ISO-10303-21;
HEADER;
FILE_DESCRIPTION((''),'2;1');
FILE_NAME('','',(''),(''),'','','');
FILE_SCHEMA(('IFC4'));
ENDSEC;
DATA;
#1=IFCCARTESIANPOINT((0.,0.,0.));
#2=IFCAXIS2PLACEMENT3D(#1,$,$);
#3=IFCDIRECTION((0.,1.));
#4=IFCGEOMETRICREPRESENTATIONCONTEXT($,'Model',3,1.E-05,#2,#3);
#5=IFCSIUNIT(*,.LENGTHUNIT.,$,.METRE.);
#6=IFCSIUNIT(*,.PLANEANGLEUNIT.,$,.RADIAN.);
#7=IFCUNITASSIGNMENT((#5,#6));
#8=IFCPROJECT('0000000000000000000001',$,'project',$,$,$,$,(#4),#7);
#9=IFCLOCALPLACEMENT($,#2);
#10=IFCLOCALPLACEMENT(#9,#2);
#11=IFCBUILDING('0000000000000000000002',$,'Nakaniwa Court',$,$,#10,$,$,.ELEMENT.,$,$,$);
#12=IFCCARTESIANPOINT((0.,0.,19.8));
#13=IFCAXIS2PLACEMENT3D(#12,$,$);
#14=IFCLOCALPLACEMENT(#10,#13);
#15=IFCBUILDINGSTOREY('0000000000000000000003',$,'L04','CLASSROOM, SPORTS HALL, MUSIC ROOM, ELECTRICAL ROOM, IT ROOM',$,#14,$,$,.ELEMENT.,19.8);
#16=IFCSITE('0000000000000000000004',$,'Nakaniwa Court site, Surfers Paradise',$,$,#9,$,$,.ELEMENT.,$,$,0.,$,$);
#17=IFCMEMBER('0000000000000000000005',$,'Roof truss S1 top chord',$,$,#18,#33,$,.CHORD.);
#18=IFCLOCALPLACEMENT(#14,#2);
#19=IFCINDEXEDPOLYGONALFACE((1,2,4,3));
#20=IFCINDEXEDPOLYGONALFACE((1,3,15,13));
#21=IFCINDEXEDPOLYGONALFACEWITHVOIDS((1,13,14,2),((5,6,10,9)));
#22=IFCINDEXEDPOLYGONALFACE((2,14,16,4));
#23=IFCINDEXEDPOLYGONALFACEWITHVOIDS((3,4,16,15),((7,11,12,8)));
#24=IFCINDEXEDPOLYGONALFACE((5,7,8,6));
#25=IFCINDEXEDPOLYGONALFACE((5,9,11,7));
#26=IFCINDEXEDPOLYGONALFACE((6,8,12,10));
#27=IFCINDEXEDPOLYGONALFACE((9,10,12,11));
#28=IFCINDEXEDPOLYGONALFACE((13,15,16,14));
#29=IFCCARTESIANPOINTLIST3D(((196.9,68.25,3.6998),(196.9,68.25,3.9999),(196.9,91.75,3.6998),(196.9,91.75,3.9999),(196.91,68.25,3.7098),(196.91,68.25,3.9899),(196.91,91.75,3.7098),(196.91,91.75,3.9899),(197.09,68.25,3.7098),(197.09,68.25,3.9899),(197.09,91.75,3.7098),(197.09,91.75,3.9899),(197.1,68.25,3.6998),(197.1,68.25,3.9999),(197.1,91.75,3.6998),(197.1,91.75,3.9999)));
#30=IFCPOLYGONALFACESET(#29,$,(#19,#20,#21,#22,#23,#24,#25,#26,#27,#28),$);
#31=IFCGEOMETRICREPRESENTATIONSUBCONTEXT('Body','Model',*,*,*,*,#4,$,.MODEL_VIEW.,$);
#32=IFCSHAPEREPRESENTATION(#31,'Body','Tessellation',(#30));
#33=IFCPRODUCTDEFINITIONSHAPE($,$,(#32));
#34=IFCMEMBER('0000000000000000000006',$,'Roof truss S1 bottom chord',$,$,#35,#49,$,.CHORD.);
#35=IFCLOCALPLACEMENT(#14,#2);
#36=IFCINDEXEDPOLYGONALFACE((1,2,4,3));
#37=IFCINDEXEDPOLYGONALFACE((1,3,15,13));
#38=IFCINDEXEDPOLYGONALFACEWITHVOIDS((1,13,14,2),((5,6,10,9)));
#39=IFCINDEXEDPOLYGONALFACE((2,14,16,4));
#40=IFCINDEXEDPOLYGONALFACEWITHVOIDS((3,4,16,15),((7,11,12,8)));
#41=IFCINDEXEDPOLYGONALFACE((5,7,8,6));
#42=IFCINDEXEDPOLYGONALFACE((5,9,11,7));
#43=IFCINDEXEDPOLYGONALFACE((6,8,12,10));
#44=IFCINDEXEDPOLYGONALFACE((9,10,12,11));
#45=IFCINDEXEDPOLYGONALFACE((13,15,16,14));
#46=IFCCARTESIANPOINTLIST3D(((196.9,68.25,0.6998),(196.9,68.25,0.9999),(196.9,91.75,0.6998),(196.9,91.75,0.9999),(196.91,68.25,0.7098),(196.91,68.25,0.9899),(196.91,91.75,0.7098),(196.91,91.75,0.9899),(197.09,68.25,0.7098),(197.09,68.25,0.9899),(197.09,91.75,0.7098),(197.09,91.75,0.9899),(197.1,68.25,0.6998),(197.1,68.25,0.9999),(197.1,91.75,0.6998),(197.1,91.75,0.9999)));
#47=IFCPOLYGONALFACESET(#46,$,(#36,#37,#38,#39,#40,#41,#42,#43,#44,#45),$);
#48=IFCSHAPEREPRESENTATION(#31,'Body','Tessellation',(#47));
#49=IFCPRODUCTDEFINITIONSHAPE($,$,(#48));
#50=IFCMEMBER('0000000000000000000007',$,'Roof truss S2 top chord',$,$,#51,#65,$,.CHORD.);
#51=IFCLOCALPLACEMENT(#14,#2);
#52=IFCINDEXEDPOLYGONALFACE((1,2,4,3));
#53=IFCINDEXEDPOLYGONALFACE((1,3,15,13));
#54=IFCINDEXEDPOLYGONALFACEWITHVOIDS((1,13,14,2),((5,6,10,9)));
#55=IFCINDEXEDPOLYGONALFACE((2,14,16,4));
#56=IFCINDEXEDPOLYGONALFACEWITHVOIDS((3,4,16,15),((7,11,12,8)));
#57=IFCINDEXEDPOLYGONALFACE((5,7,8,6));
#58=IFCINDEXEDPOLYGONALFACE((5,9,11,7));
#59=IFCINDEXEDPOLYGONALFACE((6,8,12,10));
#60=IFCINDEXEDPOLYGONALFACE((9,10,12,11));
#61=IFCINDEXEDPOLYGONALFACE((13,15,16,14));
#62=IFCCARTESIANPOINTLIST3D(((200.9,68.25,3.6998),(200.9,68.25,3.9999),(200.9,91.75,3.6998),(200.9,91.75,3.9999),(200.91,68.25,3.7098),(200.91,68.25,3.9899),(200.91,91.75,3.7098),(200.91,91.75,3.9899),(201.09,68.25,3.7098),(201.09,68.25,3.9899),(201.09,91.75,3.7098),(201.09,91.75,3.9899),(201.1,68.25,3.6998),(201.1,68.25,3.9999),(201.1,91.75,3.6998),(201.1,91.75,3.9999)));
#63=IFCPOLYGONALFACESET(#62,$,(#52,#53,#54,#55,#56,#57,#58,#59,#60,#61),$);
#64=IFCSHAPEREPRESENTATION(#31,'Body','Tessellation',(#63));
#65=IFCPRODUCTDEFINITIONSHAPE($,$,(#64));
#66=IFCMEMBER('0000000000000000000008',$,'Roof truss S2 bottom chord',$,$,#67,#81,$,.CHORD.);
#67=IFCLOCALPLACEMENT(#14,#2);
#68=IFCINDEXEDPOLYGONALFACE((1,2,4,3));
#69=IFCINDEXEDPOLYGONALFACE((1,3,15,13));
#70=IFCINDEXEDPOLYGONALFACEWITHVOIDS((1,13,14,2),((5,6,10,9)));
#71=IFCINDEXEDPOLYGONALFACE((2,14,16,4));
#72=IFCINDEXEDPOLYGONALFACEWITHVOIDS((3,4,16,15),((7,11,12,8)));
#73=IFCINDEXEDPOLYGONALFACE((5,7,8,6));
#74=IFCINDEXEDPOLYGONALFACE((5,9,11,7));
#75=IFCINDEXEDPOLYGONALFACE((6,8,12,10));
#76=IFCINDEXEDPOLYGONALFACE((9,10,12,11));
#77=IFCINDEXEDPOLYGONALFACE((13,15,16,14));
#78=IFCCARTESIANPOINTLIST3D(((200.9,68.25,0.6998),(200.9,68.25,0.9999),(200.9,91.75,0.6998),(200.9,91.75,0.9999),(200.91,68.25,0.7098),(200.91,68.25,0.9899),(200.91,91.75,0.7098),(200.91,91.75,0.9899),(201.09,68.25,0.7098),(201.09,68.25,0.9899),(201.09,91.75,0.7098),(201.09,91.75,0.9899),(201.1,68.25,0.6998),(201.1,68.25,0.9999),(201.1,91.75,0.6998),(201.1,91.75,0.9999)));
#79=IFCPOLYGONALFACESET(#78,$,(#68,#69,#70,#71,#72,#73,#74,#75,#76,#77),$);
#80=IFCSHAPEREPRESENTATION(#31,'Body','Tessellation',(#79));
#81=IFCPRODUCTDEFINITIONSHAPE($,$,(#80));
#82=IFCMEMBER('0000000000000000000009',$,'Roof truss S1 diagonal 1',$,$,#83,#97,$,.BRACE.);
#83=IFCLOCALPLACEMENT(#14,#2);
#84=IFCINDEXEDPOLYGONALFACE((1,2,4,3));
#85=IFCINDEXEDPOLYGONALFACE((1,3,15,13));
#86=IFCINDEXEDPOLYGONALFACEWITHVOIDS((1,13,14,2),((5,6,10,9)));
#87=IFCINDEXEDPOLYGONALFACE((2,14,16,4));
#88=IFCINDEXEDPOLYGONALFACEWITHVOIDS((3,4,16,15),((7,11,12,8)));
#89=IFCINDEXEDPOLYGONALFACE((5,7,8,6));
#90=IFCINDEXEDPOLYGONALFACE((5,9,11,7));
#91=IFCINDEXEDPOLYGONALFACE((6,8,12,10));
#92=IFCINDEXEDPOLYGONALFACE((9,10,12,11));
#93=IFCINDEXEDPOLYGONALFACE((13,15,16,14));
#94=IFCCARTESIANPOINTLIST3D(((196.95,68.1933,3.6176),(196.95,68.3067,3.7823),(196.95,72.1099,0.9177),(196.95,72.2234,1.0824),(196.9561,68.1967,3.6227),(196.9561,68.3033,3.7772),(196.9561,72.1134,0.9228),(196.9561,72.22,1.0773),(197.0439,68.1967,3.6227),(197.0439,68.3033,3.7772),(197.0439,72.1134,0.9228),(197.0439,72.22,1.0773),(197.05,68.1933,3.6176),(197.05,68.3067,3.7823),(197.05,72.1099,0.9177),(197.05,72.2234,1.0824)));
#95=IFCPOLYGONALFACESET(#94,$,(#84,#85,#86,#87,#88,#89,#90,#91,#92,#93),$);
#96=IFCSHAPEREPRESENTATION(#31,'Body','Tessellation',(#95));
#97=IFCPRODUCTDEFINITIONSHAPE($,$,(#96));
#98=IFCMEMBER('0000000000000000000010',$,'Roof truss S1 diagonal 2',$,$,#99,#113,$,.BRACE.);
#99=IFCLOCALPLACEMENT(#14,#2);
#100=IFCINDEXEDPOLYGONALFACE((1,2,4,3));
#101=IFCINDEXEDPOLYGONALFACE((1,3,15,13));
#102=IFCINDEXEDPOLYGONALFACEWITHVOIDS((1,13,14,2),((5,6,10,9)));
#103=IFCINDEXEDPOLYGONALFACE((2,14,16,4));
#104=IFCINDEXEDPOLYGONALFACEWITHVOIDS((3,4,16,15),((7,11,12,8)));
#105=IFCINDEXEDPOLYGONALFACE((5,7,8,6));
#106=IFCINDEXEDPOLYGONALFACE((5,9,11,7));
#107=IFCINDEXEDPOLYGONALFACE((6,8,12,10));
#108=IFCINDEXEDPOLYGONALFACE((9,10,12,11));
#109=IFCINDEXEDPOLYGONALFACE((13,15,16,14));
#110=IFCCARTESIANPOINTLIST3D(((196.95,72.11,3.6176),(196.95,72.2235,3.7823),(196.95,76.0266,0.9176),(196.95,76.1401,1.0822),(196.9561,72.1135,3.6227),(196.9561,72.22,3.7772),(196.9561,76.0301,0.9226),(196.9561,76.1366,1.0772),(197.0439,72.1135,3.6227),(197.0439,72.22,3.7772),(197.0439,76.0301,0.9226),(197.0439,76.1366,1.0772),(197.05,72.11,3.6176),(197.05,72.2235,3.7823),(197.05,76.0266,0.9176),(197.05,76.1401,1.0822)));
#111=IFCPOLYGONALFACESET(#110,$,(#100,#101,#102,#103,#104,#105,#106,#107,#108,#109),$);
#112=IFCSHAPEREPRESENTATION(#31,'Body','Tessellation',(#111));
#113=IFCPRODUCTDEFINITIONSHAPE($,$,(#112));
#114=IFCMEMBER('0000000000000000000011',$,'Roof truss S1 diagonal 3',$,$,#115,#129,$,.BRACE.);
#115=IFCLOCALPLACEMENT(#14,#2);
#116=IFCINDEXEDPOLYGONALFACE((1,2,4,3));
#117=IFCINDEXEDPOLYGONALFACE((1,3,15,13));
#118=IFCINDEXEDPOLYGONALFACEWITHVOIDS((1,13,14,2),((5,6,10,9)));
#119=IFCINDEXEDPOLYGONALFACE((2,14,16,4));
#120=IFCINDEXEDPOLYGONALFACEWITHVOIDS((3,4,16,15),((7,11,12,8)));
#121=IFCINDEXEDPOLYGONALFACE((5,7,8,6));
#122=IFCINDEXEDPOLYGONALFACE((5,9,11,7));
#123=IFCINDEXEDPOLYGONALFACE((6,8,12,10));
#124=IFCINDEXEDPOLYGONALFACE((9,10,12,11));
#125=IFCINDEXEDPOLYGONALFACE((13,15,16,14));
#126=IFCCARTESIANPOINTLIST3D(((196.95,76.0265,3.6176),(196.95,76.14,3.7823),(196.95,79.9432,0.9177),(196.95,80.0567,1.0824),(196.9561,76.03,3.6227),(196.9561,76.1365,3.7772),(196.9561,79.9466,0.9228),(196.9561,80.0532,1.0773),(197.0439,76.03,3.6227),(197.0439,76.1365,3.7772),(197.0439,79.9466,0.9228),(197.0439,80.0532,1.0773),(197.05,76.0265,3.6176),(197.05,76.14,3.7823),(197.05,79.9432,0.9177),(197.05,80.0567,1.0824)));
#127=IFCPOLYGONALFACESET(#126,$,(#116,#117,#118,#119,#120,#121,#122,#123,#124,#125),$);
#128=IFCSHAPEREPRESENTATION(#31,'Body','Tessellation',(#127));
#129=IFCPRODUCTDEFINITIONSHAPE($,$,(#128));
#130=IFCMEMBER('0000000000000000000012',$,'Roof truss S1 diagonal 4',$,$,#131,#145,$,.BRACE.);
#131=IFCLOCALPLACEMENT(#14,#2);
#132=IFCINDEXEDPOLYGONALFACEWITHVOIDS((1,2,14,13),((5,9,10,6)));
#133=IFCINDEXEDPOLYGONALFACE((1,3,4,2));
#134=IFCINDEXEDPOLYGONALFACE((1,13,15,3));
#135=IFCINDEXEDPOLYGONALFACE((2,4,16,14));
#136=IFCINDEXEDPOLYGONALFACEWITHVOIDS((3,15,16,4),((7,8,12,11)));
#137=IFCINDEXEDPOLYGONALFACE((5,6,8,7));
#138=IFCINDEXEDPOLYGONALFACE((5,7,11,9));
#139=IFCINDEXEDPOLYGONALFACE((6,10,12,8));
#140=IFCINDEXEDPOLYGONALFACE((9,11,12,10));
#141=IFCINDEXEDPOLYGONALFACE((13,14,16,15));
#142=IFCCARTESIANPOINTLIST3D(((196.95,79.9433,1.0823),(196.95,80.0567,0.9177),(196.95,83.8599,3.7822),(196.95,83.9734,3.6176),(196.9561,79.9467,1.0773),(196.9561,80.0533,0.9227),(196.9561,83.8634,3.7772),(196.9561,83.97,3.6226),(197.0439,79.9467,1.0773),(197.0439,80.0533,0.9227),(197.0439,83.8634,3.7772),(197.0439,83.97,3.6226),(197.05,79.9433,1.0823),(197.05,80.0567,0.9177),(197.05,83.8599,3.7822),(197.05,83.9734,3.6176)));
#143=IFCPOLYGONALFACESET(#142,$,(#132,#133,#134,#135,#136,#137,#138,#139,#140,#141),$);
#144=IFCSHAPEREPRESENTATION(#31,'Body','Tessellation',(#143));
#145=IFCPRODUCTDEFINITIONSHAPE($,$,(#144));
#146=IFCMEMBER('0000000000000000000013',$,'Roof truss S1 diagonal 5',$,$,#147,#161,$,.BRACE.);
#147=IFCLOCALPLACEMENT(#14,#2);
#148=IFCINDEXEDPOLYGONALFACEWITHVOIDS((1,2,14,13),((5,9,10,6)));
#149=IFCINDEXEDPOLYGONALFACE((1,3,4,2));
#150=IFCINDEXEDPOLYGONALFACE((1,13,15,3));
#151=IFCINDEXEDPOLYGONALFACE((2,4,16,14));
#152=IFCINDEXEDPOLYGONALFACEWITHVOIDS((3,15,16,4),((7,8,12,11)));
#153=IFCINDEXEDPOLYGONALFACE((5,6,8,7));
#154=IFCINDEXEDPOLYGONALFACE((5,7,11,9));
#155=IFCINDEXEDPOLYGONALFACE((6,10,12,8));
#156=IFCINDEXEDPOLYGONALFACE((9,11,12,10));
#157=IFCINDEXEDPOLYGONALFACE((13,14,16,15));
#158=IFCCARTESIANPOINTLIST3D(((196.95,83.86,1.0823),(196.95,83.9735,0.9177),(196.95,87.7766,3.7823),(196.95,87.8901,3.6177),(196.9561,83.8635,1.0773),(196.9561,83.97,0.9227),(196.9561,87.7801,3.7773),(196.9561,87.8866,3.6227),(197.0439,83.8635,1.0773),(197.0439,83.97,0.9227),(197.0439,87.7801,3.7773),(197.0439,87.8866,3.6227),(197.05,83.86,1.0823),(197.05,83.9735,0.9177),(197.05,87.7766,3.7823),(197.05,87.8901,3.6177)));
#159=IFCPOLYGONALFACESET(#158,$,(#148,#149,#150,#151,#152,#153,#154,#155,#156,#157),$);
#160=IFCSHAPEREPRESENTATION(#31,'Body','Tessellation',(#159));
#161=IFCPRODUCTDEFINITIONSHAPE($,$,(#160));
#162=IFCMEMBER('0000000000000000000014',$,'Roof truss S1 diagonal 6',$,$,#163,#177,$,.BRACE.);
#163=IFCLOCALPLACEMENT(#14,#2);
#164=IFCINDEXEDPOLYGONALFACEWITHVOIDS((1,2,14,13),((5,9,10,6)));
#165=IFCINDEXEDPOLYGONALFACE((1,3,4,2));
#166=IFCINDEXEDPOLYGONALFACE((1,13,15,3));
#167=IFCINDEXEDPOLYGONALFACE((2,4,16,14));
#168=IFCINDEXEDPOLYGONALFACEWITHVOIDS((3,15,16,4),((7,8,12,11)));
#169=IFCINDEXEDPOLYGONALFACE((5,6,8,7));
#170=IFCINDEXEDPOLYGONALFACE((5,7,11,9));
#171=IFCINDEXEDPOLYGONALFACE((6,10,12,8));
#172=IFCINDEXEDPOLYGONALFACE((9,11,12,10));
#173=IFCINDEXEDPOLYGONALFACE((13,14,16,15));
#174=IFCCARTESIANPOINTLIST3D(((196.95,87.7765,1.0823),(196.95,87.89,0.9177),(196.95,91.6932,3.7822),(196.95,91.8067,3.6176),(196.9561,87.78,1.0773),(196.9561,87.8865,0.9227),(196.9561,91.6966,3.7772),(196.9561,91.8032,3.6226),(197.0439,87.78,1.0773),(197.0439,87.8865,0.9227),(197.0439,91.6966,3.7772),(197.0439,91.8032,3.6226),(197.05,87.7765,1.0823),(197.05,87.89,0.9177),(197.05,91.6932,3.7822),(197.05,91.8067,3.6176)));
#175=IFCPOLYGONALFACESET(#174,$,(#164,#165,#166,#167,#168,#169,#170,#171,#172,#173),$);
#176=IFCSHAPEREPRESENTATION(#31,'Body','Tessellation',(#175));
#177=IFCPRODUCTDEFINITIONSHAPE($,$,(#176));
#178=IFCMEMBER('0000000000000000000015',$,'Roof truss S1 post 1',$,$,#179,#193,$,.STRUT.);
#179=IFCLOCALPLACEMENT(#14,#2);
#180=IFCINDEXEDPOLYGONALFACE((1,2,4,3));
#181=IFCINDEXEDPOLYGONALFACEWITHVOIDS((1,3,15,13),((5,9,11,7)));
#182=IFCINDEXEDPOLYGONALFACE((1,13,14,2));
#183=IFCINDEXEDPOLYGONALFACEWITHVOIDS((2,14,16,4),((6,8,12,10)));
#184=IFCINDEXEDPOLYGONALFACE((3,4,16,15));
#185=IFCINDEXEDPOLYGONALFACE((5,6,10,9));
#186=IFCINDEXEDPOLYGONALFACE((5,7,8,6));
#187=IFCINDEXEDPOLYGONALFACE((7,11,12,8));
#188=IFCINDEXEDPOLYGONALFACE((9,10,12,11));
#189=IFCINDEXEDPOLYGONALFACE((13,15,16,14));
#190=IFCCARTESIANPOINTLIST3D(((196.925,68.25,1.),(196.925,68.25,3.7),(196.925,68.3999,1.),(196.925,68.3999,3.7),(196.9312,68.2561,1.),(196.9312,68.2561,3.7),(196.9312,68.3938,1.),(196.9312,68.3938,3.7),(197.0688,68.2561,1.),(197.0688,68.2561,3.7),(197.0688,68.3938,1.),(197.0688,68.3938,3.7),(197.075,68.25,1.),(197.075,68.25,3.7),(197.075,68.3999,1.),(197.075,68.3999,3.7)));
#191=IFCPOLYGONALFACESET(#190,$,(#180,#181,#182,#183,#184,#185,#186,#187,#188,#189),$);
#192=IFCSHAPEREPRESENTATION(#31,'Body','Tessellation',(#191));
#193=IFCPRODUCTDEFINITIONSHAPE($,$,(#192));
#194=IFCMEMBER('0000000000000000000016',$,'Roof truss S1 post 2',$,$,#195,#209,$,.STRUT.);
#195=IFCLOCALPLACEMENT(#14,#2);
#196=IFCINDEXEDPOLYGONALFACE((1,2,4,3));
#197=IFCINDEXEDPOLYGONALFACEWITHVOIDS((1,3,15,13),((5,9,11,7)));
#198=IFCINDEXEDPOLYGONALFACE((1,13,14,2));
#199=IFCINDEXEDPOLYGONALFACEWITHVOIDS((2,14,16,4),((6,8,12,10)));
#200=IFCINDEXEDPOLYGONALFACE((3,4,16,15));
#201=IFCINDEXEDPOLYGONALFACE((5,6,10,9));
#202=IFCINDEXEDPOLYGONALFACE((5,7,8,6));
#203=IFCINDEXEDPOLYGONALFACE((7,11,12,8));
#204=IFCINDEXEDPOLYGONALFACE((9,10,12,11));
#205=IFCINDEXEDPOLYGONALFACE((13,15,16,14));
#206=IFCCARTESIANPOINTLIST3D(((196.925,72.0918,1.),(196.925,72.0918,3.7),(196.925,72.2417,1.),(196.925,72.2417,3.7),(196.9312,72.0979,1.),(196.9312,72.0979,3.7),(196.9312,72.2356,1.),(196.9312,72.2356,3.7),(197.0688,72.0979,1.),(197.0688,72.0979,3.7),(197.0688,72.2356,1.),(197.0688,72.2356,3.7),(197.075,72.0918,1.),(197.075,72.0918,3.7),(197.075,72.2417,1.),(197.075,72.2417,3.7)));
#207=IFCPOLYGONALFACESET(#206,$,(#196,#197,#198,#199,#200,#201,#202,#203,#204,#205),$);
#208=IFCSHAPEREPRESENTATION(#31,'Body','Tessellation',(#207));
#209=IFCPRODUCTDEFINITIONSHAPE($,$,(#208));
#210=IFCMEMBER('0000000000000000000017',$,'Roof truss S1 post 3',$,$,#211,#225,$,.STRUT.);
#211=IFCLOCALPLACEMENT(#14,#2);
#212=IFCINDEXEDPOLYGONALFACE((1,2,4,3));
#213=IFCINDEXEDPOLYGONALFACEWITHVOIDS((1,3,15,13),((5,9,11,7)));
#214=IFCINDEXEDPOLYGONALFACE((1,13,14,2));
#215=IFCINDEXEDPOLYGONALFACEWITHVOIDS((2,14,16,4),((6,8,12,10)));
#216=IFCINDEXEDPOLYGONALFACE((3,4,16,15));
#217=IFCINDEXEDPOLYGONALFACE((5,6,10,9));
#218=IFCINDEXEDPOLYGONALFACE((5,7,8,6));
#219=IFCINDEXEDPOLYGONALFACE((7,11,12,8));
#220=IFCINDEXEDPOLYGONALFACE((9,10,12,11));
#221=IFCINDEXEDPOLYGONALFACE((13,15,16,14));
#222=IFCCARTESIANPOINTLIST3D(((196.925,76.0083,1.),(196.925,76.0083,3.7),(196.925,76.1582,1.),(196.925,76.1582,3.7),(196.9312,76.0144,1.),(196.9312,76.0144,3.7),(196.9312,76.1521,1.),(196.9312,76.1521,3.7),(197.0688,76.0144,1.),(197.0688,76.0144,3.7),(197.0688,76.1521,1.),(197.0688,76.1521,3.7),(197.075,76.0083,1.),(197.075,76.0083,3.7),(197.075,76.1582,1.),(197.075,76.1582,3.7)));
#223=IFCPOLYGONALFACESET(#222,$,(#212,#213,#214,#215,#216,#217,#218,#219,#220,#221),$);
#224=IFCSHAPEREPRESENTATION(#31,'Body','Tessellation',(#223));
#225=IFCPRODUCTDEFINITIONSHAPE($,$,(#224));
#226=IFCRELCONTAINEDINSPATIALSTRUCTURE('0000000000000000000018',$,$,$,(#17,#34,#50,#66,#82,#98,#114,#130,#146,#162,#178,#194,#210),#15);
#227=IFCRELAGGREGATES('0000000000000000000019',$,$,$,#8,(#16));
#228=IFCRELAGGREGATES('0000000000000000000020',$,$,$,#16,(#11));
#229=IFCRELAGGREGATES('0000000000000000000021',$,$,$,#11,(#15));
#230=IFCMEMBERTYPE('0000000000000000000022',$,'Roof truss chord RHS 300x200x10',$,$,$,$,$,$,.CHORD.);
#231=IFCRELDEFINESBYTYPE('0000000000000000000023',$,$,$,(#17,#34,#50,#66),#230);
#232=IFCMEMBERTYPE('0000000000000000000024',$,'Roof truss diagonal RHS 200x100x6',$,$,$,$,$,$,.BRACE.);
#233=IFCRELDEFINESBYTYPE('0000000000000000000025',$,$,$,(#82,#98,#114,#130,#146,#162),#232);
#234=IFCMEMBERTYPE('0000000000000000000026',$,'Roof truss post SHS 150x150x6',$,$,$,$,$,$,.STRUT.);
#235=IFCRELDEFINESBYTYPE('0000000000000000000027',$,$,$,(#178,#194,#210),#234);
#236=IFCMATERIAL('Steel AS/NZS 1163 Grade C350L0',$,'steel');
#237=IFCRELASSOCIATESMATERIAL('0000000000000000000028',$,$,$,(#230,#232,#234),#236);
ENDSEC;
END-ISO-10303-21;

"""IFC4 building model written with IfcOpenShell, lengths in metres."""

from ifc_helpers import new_model, si_unit, direction, frame, origin, origin_2d, place, context, subcontext, project, spatial, hollow_rectangle, extrude, material, material_profile, profile_set, type_object, element, save


model = new_model("IFC4")

# Units and contexts
model_context = context("Model", 3, precision=1e-05, world=origin(), true_north=direction((0.0, 1.0)))
body_context = subcontext(model_context, "Body", "Model", "MODEL_VIEW")
ifc_project = project(units=[si_unit("LENGTHUNIT", "METRE"), si_unit("PLANEANGLEUNIT", "RADIAN")], contexts=[model_context])

# Site, building, storey
site_placement = place(None, origin())
site = spatial("IfcSite", under=ifc_project, at=site_placement, Name="Nakaniwa Court site, Surfers Paradise", CompositionType="ELEMENT", RefElevation=0.0)
building_placement = place(site_placement, origin())
building = spatial("IfcBuilding", under=site, at=building_placement, Name="Nakaniwa Court", CompositionType="ELEMENT")
storey_placement = place(building_placement, frame((0.0, 0.0, 19.8)))
storey = spatial("IfcBuildingStorey", under=building, at=storey_placement, Name="L04", Description="CLASSROOM, SPORTS HALL, MUSIC ROOM, ELECTRICAL ROOM, IT ROOM", CompositionType="ELEMENT", Elevation=19.8)

# Members
ifc_material_1 = material(Name="Steel AS/NZS 1163 Grade C350L0", Category="steel")
ifc_material_profile_1 = material_profile(ifc_material_1, hollow_rectangle(XDim=0.2, YDim=0.3, WallThickness=0.01, at=origin_2d()), Name="RHS 300x200x10")
ifc_profile_set_1 = profile_set([ifc_material_profile_1], Name="Steel AS/NZS 1163 Grade C350L0")
member_type_1 = type_object("IfcMemberType", Name="Roof truss chord RHS 300x200x10", PredefinedType="CHORD", material=ifc_profile_set_1)
for number, where, z_axis, x_axis, name in (
    (1, (197.0, 68.25, 3.8499), (0.0, 1.0, 0.0), (-1.0, 0.0, 0.0), "Roof truss S1 top chord"),
    (2, (197.0, 68.25, 0.8499), (0.0, 1.0, 0.0), (-1.0, 0.0, 0.0), "Roof truss S1 bottom chord"),
    (3, (201.0, 68.25, 3.8499), (0.0, 1.0, 0.0), (-1.0, 0.0, 0.0), "Roof truss S2 top chord"),
    (4, (201.0, 68.25, 0.8499), (0.0, 1.0, 0.0), (-1.0, 0.0, 0.0), "Roof truss S2 bottom chord"),
):
    element("IfcMember", number, at=place(storey_placement, frame(where, z_axis=z_axis, x_axis=x_axis)), inside=storey, type_object=member_type_1, Name=name, PredefinedType="CHORD", context=body_context, shape_type="SweptSolid", body=[
        extrude(hollow_rectangle(XDim=0.2, YDim=0.3, WallThickness=0.01, at=origin_2d()), origin(), (0.0, 0.0, 1.0), 23.5),
    ])
ifc_material_profile_2 = material_profile(ifc_material_1, hollow_rectangle(XDim=0.1001, YDim=0.2, WallThickness=0.0061, at=origin_2d()), Name="RHS 200x100x6")
ifc_profile_set_2 = profile_set([ifc_material_profile_2], Name="Steel AS/NZS 1163 Grade C350L0")
member_type_2 = type_object("IfcMemberType", Name="Roof truss diagonal RHS 200x100x6", PredefinedType="BRACE", material=ifc_profile_set_2)
for number, where, z_axis, x_axis, name in (
    (5, (197.0, 68.25, 3.7), (0.0, 0.823336, -0.567554), (-1.0, 0.0, 0.0), "Roof truss S1 diagonal 1"),
    (6, (197.0, 72.1667, 3.7), (0.0, 0.823319, -0.567578), (-1.0, 0.0, 0.0), "Roof truss S1 diagonal 2"),
    (7, (197.0, 76.0833, 3.7), (0.0, 0.823336, -0.567554), (-1.0, 0.0, 0.0), "Roof truss S1 diagonal 3"),
    (8, (197.0, 80.0, 1.0), (0.0, 0.823336, 0.567554), (-1.0, 0.0, 0.0), "Roof truss S1 diagonal 4"),
    (9, (197.0, 83.9167, 1.0), (0.0, 0.823319, 0.567578), (-1.0, 0.0, 0.0), "Roof truss S1 diagonal 5"),
    (10, (197.0, 87.8333, 1.0), (0.0, 0.823336, 0.567554), (-1.0, 0.0, 0.0), "Roof truss S1 diagonal 6"),
):
    element("IfcMember", number, at=place(storey_placement, frame(where, z_axis=z_axis, x_axis=x_axis)), inside=storey, type_object=member_type_2, Name=name, PredefinedType="BRACE", context=body_context, shape_type="SweptSolid", body=[
        extrude(hollow_rectangle(XDim=0.1001, YDim=0.2, WallThickness=0.0061, at=origin_2d()), origin(), (0.0, 0.0, 1.0), 4.7571),
    ])
ifc_material_profile_3 = material_profile(ifc_material_1, hollow_rectangle(XDim=0.1499, YDim=0.1499, WallThickness=0.0061, at=origin_2d()), Name="SHS 150x150x6")
ifc_profile_set_3 = profile_set([ifc_material_profile_3], Name="Steel AS/NZS 1163 Grade C350L0")
member_type_3 = type_object("IfcMemberType", Name="Roof truss post SHS 150x150x6", PredefinedType="STRUT", material=ifc_profile_set_3)
for number, where, z_axis, x_axis, name in (
    (11, (197.0, 68.325, 1.0), (0.0, 0.0, 1.0), (1.0, 0.0, 0.0), "Roof truss S1 post 1"),
    (12, (197.0, 72.1667, 1.0), (0.0, 0.0, 1.0), (1.0, 0.0, 0.0), "Roof truss S1 post 2"),
    (13, (197.0, 76.0833, 1.0), (0.0, 0.0, 1.0), (1.0, 0.0, 0.0), "Roof truss S1 post 3"),
):
    element("IfcMember", number, at=place(storey_placement, frame(where, z_axis=z_axis, x_axis=x_axis)), inside=storey, type_object=member_type_3, Name=name, PredefinedType="STRUT", context=body_context, shape_type="SweptSolid", body=[
        extrude(hollow_rectangle(XDim=0.1499, YDim=0.1499, WallThickness=0.0061, at=origin_2d()), origin(), (0.0, 0.0, 1.0), 2.7),
    ])

save(model, "model.ifc")
